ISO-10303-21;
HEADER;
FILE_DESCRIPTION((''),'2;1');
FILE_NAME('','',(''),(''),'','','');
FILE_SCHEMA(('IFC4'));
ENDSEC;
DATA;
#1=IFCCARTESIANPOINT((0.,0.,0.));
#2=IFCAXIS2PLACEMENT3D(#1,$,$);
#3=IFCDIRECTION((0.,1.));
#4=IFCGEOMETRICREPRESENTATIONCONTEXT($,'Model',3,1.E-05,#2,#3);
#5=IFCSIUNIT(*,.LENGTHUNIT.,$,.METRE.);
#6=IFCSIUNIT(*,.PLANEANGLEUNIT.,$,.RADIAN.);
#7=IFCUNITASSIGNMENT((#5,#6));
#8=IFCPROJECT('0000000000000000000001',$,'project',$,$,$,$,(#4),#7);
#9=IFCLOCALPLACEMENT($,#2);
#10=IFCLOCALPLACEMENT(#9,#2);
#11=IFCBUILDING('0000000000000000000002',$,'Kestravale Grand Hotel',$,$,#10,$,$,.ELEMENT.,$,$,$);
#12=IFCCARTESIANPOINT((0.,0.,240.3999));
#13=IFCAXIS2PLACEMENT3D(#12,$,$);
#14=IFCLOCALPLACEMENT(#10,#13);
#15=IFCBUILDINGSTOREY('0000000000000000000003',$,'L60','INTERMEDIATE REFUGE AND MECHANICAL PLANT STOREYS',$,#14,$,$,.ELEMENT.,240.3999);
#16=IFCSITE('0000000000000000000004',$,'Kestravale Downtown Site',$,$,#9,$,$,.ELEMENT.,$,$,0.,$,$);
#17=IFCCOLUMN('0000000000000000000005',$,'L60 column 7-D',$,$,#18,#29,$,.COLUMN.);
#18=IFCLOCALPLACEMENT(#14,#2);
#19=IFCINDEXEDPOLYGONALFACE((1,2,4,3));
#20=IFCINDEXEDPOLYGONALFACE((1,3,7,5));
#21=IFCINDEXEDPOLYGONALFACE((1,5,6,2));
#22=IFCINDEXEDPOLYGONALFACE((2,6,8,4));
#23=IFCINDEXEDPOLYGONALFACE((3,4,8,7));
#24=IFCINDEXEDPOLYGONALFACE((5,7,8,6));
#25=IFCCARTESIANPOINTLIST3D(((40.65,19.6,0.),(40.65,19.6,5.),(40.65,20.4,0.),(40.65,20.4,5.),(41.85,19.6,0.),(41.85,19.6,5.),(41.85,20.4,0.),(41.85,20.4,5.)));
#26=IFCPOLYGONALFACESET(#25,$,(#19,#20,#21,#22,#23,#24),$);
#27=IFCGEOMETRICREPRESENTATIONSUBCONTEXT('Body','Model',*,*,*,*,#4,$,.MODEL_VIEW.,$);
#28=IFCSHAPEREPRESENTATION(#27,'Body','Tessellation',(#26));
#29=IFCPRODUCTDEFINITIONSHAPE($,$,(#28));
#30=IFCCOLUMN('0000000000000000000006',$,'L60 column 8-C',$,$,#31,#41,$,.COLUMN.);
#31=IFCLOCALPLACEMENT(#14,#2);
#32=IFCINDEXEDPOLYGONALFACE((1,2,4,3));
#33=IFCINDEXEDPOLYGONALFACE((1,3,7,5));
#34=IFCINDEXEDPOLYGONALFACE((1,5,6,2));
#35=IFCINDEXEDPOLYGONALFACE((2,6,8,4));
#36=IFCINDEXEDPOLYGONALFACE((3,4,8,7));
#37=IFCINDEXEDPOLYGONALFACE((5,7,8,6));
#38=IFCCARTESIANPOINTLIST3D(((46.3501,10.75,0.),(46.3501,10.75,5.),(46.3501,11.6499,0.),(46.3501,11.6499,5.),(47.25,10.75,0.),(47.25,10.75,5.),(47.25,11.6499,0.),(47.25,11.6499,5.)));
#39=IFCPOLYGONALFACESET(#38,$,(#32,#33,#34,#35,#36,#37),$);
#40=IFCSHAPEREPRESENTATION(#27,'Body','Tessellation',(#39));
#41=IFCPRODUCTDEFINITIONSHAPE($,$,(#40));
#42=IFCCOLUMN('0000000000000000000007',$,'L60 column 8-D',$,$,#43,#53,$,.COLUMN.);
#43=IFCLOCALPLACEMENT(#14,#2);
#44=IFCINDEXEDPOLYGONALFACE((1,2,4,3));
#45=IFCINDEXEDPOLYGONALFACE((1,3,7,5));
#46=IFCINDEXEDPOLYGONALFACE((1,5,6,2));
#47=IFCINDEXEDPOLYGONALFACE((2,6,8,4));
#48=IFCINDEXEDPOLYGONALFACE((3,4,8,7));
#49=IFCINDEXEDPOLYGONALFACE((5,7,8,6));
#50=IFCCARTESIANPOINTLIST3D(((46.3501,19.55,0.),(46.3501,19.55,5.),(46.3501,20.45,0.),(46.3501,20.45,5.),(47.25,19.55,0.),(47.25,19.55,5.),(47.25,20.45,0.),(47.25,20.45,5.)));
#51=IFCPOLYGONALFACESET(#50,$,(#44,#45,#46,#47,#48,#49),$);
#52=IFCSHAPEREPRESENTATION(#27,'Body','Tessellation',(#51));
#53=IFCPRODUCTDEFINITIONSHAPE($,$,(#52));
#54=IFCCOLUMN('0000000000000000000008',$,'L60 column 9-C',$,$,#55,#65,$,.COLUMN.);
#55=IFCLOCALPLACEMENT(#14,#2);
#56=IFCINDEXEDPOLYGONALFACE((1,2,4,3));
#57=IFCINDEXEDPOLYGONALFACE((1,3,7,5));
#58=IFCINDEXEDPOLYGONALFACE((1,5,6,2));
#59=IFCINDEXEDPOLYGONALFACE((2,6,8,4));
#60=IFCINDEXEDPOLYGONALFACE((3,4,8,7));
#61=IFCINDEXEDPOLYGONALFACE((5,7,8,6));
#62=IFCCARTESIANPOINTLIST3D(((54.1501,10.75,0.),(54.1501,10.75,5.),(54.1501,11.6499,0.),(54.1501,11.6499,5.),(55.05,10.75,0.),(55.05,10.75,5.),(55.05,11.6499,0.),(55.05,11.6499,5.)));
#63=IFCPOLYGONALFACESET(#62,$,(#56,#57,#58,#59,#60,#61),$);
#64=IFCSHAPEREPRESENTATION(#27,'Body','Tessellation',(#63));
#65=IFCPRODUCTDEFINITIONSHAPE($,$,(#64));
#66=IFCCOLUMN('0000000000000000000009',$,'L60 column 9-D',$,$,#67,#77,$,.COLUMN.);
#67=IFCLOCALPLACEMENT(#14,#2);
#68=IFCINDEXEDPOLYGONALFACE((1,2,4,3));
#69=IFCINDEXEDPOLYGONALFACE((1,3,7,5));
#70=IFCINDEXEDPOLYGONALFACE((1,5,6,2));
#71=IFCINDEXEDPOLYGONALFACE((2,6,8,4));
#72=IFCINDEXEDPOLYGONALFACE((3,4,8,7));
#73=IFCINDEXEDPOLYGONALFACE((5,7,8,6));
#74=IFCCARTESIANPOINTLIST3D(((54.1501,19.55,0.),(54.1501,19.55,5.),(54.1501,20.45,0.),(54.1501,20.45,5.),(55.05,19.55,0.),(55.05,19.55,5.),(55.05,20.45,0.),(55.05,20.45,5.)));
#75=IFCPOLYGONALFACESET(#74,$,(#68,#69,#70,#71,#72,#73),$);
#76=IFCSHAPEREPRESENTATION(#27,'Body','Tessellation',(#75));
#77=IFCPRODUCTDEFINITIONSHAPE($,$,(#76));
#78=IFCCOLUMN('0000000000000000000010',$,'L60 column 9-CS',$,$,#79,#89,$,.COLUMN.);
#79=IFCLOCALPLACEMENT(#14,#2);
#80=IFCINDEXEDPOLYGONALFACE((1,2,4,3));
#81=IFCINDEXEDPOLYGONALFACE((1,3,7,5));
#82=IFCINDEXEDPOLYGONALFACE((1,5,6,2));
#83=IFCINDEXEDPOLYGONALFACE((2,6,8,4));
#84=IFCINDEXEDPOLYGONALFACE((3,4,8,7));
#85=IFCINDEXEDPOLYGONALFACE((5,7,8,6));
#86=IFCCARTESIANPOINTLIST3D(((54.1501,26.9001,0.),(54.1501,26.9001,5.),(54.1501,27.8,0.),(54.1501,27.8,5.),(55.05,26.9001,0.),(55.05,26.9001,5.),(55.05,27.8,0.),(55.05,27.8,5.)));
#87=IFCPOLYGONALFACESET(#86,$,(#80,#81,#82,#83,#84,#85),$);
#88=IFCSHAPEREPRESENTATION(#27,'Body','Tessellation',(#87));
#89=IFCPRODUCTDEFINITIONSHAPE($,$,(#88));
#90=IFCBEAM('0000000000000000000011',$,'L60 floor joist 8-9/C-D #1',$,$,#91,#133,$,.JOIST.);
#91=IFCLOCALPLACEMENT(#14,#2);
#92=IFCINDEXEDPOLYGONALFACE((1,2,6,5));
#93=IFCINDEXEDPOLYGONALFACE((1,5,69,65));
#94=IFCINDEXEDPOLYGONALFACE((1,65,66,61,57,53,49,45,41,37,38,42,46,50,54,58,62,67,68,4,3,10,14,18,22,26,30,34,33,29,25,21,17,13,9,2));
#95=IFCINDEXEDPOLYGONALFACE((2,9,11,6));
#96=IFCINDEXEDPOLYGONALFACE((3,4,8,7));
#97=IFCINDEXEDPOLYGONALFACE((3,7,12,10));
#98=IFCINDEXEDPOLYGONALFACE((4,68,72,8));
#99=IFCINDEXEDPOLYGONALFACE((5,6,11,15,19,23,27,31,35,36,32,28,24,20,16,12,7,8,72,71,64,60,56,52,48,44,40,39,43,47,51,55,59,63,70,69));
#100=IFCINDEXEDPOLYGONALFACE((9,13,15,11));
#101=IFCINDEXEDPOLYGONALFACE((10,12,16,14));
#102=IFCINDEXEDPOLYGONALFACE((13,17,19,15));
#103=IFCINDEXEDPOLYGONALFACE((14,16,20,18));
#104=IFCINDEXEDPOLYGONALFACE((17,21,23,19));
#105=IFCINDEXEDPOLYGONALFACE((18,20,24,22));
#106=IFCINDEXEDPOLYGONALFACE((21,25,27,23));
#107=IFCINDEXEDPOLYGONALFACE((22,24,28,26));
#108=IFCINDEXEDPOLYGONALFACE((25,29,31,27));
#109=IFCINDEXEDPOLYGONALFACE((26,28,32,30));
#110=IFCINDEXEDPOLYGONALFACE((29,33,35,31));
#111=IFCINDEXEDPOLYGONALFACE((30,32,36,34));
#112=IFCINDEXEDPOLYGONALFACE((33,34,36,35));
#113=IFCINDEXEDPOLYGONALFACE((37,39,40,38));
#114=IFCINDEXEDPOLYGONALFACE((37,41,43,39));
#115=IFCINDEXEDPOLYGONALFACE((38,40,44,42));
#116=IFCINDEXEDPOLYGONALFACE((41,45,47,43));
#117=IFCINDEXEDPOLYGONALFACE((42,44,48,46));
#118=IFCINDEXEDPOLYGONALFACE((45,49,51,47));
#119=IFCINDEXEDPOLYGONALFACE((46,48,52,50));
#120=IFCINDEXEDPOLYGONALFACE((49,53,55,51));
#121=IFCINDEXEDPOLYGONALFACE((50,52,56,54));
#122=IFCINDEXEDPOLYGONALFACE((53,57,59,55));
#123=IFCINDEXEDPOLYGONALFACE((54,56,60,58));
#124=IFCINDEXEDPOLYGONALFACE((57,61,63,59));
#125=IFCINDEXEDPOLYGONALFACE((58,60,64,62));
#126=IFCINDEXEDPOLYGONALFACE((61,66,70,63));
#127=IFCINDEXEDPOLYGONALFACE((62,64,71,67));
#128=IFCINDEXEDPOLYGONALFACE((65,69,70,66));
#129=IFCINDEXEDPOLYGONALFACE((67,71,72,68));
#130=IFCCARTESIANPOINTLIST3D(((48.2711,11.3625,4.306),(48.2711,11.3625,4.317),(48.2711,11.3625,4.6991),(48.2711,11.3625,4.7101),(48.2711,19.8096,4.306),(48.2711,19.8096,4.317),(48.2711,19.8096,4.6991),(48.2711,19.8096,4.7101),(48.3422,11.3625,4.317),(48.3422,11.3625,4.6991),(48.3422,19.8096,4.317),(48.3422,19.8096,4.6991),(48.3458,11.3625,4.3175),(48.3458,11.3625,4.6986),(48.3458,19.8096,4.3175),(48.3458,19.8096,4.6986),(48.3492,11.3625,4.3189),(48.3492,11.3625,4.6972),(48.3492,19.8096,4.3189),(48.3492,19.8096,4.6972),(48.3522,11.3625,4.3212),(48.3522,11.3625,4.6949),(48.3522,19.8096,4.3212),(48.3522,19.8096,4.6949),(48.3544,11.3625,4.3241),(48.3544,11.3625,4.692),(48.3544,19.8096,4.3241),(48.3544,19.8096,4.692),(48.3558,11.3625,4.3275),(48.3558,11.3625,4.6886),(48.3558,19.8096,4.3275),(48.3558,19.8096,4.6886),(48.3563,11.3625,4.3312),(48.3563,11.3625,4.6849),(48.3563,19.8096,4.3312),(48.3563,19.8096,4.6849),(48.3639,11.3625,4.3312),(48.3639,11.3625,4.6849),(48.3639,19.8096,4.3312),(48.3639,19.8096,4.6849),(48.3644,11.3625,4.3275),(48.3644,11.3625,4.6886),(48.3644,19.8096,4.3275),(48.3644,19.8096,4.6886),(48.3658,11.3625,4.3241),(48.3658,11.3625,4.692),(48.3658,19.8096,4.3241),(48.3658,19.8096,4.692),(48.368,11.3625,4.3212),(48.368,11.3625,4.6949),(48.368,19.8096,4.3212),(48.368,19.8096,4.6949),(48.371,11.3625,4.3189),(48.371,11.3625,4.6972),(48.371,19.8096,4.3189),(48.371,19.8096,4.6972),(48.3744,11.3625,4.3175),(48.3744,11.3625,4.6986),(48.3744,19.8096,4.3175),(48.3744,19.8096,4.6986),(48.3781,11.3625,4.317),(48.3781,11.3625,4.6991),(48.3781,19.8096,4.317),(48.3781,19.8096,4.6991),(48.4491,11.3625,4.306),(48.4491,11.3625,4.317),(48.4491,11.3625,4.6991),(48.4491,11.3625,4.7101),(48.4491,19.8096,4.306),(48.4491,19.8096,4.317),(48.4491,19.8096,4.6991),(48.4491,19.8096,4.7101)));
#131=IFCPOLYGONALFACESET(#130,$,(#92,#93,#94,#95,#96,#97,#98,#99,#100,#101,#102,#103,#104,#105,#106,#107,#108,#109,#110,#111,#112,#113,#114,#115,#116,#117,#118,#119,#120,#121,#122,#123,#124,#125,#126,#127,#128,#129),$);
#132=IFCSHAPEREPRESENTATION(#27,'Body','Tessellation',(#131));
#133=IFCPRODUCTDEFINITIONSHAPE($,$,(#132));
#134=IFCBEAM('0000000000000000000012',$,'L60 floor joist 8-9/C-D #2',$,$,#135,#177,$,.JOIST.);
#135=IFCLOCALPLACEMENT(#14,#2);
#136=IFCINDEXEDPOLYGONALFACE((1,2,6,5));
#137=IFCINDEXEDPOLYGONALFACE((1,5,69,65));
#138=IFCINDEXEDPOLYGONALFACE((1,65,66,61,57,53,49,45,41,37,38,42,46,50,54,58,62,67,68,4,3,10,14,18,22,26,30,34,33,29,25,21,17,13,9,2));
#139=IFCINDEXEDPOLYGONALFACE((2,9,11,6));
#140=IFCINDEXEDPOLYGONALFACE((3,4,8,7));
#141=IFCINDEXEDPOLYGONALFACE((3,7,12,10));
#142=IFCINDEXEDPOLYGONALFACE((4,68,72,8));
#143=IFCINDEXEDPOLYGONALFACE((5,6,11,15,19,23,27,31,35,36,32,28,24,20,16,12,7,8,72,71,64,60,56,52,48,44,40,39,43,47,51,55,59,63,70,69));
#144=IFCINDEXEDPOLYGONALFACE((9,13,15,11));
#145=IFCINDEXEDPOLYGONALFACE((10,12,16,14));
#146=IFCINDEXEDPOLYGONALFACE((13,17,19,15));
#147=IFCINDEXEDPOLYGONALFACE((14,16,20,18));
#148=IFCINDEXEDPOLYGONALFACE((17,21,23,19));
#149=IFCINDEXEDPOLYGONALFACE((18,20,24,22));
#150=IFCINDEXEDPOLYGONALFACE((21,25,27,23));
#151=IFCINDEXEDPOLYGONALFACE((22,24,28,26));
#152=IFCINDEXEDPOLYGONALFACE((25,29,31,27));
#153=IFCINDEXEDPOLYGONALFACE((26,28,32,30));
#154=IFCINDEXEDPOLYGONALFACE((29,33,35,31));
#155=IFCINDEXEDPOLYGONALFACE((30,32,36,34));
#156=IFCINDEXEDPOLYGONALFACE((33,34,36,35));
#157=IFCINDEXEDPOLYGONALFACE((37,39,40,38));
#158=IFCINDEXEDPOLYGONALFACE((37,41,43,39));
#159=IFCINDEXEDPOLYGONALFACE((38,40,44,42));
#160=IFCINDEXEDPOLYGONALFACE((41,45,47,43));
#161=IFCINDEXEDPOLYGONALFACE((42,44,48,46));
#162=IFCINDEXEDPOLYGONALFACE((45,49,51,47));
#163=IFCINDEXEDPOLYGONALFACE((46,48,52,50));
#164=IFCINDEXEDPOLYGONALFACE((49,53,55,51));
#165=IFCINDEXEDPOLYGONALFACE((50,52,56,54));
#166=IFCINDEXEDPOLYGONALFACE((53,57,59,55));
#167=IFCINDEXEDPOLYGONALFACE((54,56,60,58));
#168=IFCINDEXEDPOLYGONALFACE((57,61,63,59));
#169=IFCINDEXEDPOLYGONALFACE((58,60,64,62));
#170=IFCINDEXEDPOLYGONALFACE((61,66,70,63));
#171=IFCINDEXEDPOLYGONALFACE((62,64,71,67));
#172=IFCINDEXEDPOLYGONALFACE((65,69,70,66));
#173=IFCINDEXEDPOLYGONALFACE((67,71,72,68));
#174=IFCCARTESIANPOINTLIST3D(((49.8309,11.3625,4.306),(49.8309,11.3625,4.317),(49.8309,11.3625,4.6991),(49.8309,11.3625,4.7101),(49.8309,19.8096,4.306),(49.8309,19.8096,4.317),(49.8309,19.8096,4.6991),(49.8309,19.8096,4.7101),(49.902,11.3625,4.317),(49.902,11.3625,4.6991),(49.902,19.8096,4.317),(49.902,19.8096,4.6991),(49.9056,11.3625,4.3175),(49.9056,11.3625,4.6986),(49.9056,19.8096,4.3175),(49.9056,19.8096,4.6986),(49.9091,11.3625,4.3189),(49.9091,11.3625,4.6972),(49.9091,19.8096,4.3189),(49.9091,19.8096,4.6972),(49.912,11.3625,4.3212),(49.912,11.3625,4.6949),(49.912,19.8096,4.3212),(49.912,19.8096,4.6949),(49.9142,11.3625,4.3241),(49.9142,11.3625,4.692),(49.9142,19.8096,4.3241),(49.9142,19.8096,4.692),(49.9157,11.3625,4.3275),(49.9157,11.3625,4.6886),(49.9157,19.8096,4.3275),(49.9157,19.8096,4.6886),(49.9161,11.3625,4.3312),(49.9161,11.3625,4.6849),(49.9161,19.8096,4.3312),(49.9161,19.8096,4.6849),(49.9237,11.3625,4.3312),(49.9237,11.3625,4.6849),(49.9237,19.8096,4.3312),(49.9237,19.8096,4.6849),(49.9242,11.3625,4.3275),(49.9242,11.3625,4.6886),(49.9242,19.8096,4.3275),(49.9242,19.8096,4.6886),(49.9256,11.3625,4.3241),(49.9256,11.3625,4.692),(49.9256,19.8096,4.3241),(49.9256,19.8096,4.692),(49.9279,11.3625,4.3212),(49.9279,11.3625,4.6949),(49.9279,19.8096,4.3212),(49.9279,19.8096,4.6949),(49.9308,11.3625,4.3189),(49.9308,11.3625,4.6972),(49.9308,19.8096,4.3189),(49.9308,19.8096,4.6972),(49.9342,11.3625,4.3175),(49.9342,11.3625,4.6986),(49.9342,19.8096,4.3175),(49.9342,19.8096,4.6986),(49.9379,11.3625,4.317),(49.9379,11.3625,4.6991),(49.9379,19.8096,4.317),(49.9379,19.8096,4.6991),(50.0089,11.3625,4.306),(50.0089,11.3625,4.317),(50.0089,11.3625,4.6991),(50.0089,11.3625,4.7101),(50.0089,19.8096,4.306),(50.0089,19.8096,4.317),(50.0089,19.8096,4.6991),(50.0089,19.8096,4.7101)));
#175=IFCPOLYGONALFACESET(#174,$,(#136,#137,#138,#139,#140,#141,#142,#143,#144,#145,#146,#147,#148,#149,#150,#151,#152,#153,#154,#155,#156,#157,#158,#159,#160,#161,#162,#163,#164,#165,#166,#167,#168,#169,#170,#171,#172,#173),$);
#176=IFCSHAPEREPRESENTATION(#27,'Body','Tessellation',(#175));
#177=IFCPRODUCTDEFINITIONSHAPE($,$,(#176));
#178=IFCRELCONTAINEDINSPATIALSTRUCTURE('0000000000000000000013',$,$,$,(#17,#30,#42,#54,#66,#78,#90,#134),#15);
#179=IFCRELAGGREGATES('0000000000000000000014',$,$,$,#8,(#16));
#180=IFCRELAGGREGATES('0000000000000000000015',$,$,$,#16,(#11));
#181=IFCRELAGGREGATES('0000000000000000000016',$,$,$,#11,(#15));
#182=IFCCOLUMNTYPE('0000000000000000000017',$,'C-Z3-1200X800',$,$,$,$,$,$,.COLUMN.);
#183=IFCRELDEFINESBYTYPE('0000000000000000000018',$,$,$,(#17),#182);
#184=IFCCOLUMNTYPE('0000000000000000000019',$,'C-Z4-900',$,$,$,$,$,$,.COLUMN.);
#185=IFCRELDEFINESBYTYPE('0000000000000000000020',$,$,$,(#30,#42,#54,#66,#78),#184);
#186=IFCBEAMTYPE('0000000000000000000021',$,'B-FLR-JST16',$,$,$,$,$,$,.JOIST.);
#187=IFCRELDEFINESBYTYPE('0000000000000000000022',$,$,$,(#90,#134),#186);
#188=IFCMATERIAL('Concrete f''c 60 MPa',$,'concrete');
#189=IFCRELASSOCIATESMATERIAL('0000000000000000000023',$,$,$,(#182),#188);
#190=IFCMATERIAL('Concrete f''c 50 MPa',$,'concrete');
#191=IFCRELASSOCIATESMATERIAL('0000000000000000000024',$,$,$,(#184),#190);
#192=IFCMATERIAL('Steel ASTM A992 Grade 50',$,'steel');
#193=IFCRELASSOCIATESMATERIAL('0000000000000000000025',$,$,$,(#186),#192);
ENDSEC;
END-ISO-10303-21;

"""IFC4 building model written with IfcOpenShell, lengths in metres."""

from ifc_helpers import new_model, si_unit, direction, frame, origin, origin_2d, place, context, subcontext, project, spatial, rectangle, i_section, extrude, material, material_profile, profile_set, type_object, element, save


model = new_model("IFC4")

# Units and contexts
model_context = context("Model", 3, precision=1e-05, world=origin(), true_north=direction((0.0, 1.0)))
body_context = subcontext(model_context, "Body", "Model", "MODEL_VIEW")
ifc_project = project(units=[si_unit("LENGTHUNIT", "METRE"), si_unit("PLANEANGLEUNIT", "RADIAN")], contexts=[model_context])

# Site, building, storey
site_placement = place(None, origin())
site = spatial("IfcSite", under=ifc_project, at=site_placement, Name="Kestravale Downtown Site", CompositionType="ELEMENT", RefElevation=0.0)
building_placement = place(site_placement, origin())
building = spatial("IfcBuilding", under=site, at=building_placement, Name="Kestravale Grand Hotel", CompositionType="ELEMENT")
storey_placement = place(building_placement, frame((0.0, 0.0, 240.3999)))
storey = spatial("IfcBuildingStorey", under=building, at=storey_placement, Name="L60", Description="INTERMEDIATE REFUGE AND MECHANICAL PLANT STOREYS", CompositionType="ELEMENT", Elevation=240.3999)

# Columns
ifc_material_1 = material(Name="Concrete f'c 60 MPa", Category="concrete")
ifc_material_profile_1 = material_profile(ifc_material_1, rectangle(XDim=1.2, YDim=0.8, at=origin_2d()))
ifc_profile_set_1 = profile_set([ifc_material_profile_1], Name="Concrete f'c 60 MPa")
column_type_1 = type_object("IfcColumnType", Name="C-Z3-1200X800", PredefinedType="COLUMN", material=ifc_profile_set_1)
column_placement = place(storey_placement, frame((41.25, 20.0, 0.0), z_axis=(0.0, 0.0, 1.0), x_axis=(1.0, 0.0, 0.0)))
element("IfcColumn", 1, at=column_placement, inside=storey, type_object=column_type_1, Name="L60 column 7-D", PredefinedType="COLUMN", context=body_context, shape_type="SweptSolid", body=[
    extrude(rectangle(XDim=1.2, YDim=0.8, at=origin_2d()), origin(), (0.0, 0.0, 1.0), 5.0),
])
ifc_material_2 = material(Name="Concrete f'c 50 MPa", Category="concrete")
ifc_material_profile_2 = material_profile(ifc_material_2, rectangle(XDim=0.8999, YDim=0.8999, at=origin_2d()))
ifc_profile_set_2 = profile_set([ifc_material_profile_2], Name="Concrete f'c 50 MPa")
column_type_2 = type_object("IfcColumnType", Name="C-Z4-900", PredefinedType="COLUMN", material=ifc_profile_set_2)
for number, where, z_axis, x_axis, name in (
    (2, (46.8, 11.2, 0.0), (0.0, 0.0, 1.0), (1.0, 0.0, 0.0), "L60 column 8-C"),
    (3, (46.8, 20.0, 0.0), (0.0, 0.0, 1.0), (1.0, 0.0, 0.0), "L60 column 8-D"),
    (4, (54.6001, 11.2, 0.0), (0.0, 0.0, 1.0), (1.0, 0.0, 0.0), "L60 column 9-C"),
    (5, (54.6001, 20.0, 0.0), (0.0, 0.0, 1.0), (1.0, 0.0, 0.0), "L60 column 9-D"),
    (6, (54.6001, 27.3501, 0.0), (0.0, 0.0, 1.0), (1.0, 0.0, 0.0), "L60 column 9-CS"),
):
    element("IfcColumn", number, at=place(storey_placement, frame(where, z_axis=z_axis, x_axis=x_axis)), inside=storey, type_object=column_type_2, Name=name, PredefinedType="COLUMN", context=body_context, shape_type="SweptSolid", body=[
        extrude(rectangle(XDim=0.8999, YDim=0.8999, at=origin_2d()), origin(), (0.0, 0.0, 1.0), 5.0),
    ])

# Beams
ifc_material_3 = material(Name="Steel ASTM A992 Grade 50", Category="steel")
ifc_material_profile_3 = material_profile(ifc_material_3, i_section(OverallWidth=0.178, OverallDepth=0.4041, WebThickness=0.0076, FlangeThickness=0.011, FilletRadius=0.0142, at=origin_2d()))
ifc_profile_set_3 = profile_set([ifc_material_profile_3], Name="Steel ASTM A992 Grade 50")
beam_type_1 = type_object("IfcBeamType", Name="B-FLR-JST16", PredefinedType="JOIST", material=ifc_profile_set_3)
for number, where, z_axis, x_axis, name in (
    (7, (48.3601, 11.3625, 4.5081), (0.0, 1.0, 0.0), (-1.0, 0.0, 0.0), "L60 floor joist 8-9/C-D #1"),
    (8, (49.9199, 11.3625, 4.5081), (0.0, 1.0, 0.0), (-1.0, 0.0, 0.0), "L60 floor joist 8-9/C-D #2"),
):
    element("IfcBeam", number, at=place(storey_placement, frame(where, z_axis=z_axis, x_axis=x_axis)), inside=storey, type_object=beam_type_1, Name=name, PredefinedType="JOIST", context=body_context, shape_type="SweptSolid", body=[
        extrude(i_section(OverallWidth=0.178, OverallDepth=0.4041, WebThickness=0.0076, FlangeThickness=0.011, FilletRadius=0.0142, at=origin_2d()), origin(), (0.0, 0.0, 1.0), 8.447),
    ])

save(model, "model.ifc")
